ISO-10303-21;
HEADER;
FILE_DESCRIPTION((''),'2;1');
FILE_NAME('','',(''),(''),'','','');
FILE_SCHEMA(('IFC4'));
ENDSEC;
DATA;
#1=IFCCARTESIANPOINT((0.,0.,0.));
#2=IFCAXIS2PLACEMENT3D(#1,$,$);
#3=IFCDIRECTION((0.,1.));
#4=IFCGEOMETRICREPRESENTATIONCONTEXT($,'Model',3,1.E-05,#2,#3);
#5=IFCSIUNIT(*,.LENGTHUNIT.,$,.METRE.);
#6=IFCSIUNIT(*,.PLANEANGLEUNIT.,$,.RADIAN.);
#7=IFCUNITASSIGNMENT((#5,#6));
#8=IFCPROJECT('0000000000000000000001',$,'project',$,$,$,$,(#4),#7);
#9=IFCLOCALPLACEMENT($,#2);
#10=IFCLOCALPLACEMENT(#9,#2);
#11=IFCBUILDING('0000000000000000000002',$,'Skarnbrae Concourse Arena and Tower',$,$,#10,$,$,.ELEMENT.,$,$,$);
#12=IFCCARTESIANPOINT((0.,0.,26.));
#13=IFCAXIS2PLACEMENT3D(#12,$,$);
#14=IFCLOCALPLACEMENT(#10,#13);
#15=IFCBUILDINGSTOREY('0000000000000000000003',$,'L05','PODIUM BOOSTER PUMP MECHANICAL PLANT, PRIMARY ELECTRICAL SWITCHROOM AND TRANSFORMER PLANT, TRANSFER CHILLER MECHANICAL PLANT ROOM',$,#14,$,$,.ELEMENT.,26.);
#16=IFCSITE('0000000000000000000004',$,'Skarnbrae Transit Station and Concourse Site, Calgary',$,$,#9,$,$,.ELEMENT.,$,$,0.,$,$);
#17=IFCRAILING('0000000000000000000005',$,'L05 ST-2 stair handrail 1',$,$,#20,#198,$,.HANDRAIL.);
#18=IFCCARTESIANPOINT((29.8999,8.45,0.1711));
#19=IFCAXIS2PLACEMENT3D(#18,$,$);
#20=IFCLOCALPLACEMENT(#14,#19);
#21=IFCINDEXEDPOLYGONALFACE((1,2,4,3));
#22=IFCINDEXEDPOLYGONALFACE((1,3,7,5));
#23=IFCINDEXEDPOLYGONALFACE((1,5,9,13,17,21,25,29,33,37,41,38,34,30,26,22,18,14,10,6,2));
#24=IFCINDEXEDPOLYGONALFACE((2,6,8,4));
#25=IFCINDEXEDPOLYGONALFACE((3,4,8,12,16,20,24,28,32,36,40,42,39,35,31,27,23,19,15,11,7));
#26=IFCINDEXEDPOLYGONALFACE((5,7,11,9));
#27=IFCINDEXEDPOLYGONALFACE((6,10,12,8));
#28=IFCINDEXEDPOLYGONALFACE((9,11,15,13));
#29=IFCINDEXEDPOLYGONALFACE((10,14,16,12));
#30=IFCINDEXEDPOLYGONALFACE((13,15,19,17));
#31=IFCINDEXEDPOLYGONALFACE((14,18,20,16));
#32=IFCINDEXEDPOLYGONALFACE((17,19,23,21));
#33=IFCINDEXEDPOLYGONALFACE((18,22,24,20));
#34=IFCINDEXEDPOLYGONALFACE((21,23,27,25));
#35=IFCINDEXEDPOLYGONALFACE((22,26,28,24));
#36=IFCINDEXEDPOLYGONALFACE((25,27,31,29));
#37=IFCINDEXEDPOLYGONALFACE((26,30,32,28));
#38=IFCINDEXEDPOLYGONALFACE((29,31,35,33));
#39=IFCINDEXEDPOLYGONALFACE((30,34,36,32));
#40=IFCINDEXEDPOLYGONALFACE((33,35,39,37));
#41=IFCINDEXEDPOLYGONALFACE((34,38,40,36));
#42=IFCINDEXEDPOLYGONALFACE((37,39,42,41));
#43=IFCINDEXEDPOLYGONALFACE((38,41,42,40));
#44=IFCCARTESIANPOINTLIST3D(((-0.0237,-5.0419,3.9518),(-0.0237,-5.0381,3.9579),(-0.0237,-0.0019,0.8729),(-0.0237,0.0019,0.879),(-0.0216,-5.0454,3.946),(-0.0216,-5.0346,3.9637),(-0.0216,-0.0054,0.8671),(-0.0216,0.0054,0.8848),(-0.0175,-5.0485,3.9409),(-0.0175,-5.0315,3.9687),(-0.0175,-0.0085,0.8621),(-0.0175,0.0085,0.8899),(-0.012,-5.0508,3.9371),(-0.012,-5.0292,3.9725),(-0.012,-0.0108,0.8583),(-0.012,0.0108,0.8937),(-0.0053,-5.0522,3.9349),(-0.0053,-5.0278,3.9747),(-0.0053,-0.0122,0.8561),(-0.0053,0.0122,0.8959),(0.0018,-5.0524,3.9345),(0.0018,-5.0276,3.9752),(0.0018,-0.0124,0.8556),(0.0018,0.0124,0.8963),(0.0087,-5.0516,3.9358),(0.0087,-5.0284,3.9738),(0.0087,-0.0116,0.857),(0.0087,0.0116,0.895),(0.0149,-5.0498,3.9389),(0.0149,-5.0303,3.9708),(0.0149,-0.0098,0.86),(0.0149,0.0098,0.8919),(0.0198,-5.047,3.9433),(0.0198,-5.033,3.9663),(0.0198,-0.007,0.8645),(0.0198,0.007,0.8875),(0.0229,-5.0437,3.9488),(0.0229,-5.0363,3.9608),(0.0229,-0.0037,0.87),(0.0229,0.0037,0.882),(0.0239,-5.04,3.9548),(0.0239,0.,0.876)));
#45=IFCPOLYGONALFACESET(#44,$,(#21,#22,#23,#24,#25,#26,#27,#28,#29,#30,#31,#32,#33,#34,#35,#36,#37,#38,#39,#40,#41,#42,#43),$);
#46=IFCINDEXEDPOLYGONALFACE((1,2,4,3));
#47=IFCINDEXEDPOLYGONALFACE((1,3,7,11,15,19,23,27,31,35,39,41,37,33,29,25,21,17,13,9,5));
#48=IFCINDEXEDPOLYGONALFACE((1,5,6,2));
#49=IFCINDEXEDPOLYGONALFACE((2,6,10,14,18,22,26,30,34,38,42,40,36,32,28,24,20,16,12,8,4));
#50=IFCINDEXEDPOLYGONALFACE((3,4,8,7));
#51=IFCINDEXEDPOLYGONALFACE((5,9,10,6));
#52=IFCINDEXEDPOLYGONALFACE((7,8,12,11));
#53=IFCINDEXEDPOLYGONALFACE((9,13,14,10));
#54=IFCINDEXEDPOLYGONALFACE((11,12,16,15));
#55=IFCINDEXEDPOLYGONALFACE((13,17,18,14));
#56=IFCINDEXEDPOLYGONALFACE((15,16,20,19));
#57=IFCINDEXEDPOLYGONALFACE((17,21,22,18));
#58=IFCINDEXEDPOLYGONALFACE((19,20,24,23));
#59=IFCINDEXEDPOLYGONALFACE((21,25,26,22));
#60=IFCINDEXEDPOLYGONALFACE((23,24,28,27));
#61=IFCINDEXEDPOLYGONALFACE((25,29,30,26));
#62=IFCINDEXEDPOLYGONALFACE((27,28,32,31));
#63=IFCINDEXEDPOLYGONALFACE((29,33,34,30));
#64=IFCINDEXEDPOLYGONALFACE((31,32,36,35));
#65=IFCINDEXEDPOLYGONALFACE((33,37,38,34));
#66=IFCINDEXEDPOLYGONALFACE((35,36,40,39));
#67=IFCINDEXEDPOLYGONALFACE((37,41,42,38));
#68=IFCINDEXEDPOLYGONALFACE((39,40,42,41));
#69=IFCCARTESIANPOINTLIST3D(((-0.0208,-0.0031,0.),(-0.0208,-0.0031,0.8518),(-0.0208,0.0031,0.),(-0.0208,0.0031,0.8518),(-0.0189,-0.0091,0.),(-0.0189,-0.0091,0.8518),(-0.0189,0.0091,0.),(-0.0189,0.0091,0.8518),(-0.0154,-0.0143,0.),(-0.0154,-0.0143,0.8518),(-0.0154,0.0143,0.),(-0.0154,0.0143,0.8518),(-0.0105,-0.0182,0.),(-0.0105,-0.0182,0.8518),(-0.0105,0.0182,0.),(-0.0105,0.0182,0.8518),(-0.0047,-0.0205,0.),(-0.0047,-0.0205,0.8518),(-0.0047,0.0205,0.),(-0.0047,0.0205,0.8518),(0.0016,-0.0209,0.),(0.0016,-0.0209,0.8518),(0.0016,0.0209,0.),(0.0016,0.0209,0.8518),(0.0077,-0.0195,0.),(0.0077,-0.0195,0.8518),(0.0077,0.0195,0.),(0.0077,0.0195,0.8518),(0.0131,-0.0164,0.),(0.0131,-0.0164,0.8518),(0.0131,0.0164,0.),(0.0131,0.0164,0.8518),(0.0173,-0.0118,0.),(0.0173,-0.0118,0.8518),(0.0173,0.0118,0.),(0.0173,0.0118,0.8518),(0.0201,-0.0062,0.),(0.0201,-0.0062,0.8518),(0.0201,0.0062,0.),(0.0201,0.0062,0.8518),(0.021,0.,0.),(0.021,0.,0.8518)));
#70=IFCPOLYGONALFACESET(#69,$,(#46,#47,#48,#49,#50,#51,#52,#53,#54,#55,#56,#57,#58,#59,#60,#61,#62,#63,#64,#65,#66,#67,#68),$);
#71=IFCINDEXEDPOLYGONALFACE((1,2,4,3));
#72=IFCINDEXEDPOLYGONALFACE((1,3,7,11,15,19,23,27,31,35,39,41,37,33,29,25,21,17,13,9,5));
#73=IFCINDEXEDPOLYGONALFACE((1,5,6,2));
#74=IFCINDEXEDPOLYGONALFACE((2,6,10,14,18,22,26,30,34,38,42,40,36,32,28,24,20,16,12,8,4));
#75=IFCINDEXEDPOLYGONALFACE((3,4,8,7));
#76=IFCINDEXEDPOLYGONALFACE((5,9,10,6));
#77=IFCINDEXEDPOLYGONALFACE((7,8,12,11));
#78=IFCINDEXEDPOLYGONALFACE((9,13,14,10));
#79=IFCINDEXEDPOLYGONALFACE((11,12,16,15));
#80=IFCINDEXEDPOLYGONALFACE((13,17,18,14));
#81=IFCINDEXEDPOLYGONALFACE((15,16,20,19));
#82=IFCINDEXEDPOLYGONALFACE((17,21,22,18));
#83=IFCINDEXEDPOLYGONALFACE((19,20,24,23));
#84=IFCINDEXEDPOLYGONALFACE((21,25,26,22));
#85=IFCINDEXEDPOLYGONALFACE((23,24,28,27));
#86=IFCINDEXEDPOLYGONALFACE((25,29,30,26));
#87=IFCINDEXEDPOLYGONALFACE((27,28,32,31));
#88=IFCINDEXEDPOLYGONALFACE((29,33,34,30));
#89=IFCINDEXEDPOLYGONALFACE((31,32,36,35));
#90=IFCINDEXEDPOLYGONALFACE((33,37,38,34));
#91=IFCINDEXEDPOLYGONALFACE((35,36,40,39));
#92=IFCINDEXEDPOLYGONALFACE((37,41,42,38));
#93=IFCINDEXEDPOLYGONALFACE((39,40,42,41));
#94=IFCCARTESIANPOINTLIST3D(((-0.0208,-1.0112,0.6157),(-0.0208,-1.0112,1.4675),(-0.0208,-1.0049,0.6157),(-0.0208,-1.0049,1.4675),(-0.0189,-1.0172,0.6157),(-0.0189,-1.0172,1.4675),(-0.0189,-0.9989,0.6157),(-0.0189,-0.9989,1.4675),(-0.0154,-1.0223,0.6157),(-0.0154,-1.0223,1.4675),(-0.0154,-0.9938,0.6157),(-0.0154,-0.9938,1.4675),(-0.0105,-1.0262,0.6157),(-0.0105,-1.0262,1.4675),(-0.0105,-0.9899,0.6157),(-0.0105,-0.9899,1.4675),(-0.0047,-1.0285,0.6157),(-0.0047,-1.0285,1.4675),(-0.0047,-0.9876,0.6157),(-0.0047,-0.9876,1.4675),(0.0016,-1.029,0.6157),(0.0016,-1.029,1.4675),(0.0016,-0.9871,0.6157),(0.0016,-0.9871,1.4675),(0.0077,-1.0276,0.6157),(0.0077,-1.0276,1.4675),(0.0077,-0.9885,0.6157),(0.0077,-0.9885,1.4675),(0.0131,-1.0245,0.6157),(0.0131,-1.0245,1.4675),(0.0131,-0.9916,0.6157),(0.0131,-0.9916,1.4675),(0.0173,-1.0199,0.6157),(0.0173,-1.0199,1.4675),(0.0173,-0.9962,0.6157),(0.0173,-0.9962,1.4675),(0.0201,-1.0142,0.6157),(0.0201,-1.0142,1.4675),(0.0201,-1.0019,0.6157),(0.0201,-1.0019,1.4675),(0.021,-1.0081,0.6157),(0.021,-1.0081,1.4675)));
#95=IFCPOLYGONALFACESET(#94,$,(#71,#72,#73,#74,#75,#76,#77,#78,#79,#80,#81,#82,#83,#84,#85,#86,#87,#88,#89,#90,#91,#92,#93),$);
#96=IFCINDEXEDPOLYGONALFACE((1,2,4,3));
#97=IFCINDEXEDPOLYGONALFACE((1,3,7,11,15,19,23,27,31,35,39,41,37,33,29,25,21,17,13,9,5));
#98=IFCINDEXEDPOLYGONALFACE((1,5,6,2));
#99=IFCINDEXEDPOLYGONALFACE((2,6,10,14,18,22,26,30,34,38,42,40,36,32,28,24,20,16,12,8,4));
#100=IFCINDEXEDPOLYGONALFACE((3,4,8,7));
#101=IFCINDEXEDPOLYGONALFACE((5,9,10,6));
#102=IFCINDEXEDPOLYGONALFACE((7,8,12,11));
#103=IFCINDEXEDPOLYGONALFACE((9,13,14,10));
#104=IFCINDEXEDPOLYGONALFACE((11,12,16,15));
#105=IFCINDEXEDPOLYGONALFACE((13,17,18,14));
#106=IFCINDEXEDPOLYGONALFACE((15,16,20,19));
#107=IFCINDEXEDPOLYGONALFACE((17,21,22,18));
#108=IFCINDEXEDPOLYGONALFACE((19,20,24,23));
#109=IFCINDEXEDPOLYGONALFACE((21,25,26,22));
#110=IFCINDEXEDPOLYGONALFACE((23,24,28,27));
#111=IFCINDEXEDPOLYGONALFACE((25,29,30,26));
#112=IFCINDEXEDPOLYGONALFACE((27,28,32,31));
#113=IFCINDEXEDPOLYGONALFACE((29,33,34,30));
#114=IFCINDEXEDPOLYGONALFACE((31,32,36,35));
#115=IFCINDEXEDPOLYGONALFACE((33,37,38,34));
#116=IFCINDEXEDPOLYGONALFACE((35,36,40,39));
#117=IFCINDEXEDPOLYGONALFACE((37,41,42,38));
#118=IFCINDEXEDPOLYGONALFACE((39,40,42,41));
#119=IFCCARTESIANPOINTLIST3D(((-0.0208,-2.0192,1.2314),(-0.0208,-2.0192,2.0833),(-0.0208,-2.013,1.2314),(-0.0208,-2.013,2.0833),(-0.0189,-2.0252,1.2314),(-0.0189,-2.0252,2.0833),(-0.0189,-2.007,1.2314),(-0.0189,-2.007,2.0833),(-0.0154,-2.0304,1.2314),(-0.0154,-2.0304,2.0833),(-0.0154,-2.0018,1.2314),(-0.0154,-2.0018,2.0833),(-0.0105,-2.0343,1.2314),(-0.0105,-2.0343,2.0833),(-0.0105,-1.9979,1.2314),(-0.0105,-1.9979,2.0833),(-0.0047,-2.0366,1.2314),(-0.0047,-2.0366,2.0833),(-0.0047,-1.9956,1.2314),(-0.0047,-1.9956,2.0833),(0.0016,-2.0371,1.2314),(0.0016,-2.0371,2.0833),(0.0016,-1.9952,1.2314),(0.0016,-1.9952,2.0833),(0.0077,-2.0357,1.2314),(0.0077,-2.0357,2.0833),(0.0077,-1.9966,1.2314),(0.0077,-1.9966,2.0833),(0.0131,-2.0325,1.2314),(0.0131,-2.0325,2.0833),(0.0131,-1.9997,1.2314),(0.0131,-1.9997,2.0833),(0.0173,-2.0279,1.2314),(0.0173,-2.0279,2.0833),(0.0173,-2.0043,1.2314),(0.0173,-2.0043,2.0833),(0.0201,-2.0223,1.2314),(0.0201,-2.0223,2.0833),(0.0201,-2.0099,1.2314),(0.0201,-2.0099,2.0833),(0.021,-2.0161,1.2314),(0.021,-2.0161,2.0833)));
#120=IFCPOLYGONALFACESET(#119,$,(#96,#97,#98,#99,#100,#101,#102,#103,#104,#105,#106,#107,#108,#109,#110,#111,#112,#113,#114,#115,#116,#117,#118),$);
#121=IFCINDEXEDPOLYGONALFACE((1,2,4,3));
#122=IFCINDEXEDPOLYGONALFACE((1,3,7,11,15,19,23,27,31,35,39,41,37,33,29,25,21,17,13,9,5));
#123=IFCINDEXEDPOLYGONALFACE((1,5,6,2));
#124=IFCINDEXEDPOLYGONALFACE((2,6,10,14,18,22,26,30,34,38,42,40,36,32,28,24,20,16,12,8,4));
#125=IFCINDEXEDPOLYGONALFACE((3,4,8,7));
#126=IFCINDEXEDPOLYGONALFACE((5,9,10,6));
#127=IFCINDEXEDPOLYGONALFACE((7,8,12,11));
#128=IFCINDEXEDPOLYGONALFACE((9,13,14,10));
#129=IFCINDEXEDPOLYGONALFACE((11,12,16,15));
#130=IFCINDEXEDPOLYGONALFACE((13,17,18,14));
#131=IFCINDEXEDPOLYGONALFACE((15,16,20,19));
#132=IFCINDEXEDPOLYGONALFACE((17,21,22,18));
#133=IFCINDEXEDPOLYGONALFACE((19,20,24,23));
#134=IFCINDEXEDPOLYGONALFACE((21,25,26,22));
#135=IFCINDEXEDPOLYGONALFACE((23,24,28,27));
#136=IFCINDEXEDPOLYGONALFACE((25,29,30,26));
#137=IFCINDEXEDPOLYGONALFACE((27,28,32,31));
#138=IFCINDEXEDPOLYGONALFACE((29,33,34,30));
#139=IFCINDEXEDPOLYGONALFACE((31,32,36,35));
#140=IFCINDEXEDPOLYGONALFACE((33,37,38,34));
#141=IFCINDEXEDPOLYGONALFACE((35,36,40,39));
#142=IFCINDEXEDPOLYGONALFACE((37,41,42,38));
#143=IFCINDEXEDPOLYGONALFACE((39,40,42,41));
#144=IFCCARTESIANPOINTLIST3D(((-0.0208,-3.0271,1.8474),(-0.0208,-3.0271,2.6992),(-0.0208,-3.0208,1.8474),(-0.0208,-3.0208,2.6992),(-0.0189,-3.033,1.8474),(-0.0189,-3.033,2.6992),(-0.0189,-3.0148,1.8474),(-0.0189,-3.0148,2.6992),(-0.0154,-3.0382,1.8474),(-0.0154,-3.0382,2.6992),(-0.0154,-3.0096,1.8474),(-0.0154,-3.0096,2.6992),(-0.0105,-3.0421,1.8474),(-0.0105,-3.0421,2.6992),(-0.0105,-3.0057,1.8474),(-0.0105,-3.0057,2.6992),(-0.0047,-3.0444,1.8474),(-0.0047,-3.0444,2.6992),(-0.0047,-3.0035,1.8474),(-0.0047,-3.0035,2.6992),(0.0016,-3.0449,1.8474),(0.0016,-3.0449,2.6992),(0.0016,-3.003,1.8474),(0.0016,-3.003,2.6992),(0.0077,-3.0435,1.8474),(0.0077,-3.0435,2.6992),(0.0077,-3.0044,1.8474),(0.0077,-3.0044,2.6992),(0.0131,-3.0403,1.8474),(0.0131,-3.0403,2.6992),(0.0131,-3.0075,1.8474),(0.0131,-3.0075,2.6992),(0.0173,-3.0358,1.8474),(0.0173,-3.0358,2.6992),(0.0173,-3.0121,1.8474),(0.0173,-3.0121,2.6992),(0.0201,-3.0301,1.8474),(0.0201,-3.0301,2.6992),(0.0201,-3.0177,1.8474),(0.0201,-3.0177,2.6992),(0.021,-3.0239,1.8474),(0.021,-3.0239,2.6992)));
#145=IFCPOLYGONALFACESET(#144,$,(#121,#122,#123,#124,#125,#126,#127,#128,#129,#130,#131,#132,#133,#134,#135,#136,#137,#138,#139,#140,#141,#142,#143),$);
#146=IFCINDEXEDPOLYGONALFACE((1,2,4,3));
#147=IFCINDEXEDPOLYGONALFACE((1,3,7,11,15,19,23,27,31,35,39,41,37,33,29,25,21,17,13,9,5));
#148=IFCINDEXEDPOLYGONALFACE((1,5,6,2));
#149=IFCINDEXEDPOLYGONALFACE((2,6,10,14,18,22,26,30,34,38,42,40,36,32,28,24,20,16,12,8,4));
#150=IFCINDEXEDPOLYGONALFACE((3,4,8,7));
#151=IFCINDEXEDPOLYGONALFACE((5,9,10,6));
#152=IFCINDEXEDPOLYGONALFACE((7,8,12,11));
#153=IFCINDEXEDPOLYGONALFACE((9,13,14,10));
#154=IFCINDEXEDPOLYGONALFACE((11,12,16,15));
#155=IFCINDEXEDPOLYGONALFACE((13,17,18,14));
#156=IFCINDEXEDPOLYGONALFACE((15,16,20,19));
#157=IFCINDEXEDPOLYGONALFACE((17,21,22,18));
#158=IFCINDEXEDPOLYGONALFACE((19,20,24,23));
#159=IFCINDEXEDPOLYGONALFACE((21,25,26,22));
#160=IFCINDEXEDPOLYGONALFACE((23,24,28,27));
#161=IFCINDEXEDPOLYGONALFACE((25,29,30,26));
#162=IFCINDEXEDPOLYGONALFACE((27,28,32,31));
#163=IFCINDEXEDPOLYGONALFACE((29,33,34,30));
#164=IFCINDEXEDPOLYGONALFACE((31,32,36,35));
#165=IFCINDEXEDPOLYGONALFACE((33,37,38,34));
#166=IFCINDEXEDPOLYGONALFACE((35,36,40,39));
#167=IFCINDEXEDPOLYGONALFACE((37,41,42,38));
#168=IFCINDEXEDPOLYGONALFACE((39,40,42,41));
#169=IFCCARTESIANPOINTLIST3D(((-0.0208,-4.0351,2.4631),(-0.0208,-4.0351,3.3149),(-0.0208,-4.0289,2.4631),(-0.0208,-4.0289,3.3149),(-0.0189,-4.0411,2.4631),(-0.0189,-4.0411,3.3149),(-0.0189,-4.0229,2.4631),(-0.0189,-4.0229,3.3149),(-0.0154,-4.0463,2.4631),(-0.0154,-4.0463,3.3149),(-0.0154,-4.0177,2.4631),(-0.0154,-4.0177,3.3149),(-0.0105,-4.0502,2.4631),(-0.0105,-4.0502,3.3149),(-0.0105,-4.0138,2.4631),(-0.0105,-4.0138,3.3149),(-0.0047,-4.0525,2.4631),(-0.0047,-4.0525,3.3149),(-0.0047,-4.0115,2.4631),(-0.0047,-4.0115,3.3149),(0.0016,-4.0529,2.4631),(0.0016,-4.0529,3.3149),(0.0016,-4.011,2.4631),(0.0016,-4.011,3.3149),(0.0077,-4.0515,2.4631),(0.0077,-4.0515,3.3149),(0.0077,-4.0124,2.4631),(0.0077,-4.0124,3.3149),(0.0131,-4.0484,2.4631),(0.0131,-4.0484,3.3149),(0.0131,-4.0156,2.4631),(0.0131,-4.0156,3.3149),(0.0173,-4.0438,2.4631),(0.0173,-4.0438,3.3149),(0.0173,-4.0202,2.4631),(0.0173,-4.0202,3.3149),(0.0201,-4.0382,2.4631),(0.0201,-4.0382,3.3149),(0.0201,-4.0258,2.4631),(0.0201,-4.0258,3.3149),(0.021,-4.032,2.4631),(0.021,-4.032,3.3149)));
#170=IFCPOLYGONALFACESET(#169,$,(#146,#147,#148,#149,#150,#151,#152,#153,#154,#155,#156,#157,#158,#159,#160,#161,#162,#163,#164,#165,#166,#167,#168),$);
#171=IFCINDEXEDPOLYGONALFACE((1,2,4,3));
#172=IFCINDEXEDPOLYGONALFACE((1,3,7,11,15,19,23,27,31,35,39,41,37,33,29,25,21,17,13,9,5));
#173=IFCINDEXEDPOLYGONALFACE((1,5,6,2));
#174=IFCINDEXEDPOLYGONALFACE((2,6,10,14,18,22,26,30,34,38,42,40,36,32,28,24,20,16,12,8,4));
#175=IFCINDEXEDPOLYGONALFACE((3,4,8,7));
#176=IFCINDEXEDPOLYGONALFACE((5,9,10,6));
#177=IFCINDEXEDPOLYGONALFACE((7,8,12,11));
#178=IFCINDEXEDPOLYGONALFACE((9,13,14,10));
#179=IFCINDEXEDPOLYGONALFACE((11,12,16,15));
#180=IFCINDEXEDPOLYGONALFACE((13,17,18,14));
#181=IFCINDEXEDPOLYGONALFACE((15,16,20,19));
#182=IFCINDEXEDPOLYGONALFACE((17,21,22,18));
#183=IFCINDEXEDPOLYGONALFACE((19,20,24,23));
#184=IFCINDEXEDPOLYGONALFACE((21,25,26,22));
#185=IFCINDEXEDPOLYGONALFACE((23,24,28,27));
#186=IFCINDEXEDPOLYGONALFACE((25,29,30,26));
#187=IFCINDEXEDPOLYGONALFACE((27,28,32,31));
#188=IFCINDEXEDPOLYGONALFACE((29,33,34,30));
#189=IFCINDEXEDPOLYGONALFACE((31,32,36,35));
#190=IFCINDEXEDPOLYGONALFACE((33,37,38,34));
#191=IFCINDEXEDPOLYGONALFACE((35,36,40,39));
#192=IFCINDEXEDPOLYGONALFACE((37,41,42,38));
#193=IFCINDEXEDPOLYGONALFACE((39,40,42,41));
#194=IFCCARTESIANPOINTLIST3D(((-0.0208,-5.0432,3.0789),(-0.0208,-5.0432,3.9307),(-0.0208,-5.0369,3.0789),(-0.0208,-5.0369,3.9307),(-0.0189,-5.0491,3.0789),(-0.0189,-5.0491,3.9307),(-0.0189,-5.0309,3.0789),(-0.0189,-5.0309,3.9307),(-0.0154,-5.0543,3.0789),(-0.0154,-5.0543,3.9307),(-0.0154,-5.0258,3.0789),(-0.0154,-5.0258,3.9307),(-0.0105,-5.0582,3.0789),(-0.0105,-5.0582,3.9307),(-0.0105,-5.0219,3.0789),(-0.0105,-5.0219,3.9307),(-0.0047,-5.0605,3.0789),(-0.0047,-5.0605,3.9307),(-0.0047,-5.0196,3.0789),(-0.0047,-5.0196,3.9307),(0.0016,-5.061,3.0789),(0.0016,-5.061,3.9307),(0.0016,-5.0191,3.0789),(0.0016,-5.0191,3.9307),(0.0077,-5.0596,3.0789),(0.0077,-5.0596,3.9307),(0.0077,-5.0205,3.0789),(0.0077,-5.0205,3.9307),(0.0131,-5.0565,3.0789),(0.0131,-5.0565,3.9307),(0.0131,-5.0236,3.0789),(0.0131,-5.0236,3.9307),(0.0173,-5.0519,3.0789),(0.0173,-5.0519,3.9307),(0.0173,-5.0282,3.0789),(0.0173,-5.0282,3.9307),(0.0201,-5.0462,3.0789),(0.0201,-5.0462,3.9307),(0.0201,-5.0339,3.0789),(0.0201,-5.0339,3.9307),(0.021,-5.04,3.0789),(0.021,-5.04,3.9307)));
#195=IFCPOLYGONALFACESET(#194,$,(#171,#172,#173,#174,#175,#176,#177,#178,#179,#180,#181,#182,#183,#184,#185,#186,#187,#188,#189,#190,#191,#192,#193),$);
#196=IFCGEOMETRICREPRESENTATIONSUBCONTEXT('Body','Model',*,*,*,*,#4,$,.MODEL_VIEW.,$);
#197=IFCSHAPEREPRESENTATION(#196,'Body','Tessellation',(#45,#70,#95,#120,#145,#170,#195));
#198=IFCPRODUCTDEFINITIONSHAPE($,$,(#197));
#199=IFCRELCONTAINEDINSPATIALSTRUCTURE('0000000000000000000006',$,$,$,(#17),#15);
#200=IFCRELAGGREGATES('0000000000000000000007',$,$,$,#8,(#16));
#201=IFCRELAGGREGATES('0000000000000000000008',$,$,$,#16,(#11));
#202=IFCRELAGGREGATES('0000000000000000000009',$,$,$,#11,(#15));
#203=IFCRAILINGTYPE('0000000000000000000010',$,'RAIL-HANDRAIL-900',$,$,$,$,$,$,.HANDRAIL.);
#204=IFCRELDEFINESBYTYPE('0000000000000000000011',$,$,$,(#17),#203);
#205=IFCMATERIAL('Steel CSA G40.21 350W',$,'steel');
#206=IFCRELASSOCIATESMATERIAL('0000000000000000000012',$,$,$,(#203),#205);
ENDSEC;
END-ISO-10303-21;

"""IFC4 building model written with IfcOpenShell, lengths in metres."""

from ifc_helpers import new_model, si_unit, direction, frame, origin, origin_2d, place, context, subcontext, project, spatial, circle, extrude, material, type_object, element, save


model = new_model("IFC4")

# Units and contexts
model_context = context("Model", 3, precision=1e-05, world=origin(), true_north=direction((0.0, 1.0)))
body_context = subcontext(model_context, "Body", "Model", "MODEL_VIEW")
ifc_project = project(units=[si_unit("LENGTHUNIT", "METRE"), si_unit("PLANEANGLEUNIT", "RADIAN")], contexts=[model_context])

# Site, building, storey
site_placement = place(None, origin())
site = spatial("IfcSite", under=ifc_project, at=site_placement, Name="Skarnbrae Transit Station and Concourse Site, Calgary", CompositionType="ELEMENT", RefElevation=0.0)
building_placement = place(site_placement, origin())
building = spatial("IfcBuilding", under=site, at=building_placement, Name="Skarnbrae Concourse Arena and Tower", CompositionType="ELEMENT")
storey_placement = place(building_placement, frame((0.0, 0.0, 26.0)))
storey = spatial("IfcBuildingStorey", under=building, at=storey_placement, Name="L05", Description="PODIUM BOOSTER PUMP MECHANICAL PLANT, PRIMARY ELECTRICAL SWITCHROOM AND TRANSFORMER PLANT, TRANSFER CHILLER MECHANICAL PLANT ROOM", CompositionType="ELEMENT", Elevation=26.0)

# Shared definitions
ifc_material_1 = material(Name="Steel CSA G40.21 350W", Category="steel")

# Railing
railing_type_1 = type_object("IfcRailingType", Name="RAIL-HANDRAIL-900", PredefinedType="HANDRAIL", material=ifc_material_1)
railing_1_placement = place(storey_placement, frame((29.8999, 8.45, 0.1711)))
element("IfcRailing", 1, at=railing_1_placement, inside=storey, type_object=railing_type_1, Name="L05 ST-2 stair handrail 1", PredefinedType="HANDRAIL", context=body_context, shape_type="SweptSolid", body=[
    extrude(circle(Radius=0.0239, at=origin_2d()), frame((0.0, 0.0, 0.876), z_axis=(0.0, -0.85337, 0.521306), x_axis=(1.0, 0.0, 0.0)), (0.0, 0.0, 1.0), 5.906),
    extrude(circle(Radius=0.021, at=origin_2d()), origin(), (0.0, 0.0, 1.0), 0.8518),
    extrude(circle(Radius=0.021, at=origin_2d()), frame((0.0, -1.0081, 0.6157)), (0.0, 0.0, 1.0), 0.8518),
    extrude(circle(Radius=0.021, at=origin_2d()), frame((0.0, -2.0161, 1.2314)), (0.0, 0.0, 1.0), 0.8518),
    extrude(circle(Radius=0.021, at=origin_2d()), frame((0.0, -3.0239, 1.8474)), (0.0, 0.0, 1.0), 0.8518),
    extrude(circle(Radius=0.021, at=origin_2d()), frame((0.0, -4.032, 2.4631)), (0.0, 0.0, 1.0), 0.8518),
    extrude(circle(Radius=0.021, at=origin_2d()), frame((0.0, -5.04, 3.0789)), (0.0, 0.0, 1.0), 0.8518),
])

save(model, "model.ifc")
